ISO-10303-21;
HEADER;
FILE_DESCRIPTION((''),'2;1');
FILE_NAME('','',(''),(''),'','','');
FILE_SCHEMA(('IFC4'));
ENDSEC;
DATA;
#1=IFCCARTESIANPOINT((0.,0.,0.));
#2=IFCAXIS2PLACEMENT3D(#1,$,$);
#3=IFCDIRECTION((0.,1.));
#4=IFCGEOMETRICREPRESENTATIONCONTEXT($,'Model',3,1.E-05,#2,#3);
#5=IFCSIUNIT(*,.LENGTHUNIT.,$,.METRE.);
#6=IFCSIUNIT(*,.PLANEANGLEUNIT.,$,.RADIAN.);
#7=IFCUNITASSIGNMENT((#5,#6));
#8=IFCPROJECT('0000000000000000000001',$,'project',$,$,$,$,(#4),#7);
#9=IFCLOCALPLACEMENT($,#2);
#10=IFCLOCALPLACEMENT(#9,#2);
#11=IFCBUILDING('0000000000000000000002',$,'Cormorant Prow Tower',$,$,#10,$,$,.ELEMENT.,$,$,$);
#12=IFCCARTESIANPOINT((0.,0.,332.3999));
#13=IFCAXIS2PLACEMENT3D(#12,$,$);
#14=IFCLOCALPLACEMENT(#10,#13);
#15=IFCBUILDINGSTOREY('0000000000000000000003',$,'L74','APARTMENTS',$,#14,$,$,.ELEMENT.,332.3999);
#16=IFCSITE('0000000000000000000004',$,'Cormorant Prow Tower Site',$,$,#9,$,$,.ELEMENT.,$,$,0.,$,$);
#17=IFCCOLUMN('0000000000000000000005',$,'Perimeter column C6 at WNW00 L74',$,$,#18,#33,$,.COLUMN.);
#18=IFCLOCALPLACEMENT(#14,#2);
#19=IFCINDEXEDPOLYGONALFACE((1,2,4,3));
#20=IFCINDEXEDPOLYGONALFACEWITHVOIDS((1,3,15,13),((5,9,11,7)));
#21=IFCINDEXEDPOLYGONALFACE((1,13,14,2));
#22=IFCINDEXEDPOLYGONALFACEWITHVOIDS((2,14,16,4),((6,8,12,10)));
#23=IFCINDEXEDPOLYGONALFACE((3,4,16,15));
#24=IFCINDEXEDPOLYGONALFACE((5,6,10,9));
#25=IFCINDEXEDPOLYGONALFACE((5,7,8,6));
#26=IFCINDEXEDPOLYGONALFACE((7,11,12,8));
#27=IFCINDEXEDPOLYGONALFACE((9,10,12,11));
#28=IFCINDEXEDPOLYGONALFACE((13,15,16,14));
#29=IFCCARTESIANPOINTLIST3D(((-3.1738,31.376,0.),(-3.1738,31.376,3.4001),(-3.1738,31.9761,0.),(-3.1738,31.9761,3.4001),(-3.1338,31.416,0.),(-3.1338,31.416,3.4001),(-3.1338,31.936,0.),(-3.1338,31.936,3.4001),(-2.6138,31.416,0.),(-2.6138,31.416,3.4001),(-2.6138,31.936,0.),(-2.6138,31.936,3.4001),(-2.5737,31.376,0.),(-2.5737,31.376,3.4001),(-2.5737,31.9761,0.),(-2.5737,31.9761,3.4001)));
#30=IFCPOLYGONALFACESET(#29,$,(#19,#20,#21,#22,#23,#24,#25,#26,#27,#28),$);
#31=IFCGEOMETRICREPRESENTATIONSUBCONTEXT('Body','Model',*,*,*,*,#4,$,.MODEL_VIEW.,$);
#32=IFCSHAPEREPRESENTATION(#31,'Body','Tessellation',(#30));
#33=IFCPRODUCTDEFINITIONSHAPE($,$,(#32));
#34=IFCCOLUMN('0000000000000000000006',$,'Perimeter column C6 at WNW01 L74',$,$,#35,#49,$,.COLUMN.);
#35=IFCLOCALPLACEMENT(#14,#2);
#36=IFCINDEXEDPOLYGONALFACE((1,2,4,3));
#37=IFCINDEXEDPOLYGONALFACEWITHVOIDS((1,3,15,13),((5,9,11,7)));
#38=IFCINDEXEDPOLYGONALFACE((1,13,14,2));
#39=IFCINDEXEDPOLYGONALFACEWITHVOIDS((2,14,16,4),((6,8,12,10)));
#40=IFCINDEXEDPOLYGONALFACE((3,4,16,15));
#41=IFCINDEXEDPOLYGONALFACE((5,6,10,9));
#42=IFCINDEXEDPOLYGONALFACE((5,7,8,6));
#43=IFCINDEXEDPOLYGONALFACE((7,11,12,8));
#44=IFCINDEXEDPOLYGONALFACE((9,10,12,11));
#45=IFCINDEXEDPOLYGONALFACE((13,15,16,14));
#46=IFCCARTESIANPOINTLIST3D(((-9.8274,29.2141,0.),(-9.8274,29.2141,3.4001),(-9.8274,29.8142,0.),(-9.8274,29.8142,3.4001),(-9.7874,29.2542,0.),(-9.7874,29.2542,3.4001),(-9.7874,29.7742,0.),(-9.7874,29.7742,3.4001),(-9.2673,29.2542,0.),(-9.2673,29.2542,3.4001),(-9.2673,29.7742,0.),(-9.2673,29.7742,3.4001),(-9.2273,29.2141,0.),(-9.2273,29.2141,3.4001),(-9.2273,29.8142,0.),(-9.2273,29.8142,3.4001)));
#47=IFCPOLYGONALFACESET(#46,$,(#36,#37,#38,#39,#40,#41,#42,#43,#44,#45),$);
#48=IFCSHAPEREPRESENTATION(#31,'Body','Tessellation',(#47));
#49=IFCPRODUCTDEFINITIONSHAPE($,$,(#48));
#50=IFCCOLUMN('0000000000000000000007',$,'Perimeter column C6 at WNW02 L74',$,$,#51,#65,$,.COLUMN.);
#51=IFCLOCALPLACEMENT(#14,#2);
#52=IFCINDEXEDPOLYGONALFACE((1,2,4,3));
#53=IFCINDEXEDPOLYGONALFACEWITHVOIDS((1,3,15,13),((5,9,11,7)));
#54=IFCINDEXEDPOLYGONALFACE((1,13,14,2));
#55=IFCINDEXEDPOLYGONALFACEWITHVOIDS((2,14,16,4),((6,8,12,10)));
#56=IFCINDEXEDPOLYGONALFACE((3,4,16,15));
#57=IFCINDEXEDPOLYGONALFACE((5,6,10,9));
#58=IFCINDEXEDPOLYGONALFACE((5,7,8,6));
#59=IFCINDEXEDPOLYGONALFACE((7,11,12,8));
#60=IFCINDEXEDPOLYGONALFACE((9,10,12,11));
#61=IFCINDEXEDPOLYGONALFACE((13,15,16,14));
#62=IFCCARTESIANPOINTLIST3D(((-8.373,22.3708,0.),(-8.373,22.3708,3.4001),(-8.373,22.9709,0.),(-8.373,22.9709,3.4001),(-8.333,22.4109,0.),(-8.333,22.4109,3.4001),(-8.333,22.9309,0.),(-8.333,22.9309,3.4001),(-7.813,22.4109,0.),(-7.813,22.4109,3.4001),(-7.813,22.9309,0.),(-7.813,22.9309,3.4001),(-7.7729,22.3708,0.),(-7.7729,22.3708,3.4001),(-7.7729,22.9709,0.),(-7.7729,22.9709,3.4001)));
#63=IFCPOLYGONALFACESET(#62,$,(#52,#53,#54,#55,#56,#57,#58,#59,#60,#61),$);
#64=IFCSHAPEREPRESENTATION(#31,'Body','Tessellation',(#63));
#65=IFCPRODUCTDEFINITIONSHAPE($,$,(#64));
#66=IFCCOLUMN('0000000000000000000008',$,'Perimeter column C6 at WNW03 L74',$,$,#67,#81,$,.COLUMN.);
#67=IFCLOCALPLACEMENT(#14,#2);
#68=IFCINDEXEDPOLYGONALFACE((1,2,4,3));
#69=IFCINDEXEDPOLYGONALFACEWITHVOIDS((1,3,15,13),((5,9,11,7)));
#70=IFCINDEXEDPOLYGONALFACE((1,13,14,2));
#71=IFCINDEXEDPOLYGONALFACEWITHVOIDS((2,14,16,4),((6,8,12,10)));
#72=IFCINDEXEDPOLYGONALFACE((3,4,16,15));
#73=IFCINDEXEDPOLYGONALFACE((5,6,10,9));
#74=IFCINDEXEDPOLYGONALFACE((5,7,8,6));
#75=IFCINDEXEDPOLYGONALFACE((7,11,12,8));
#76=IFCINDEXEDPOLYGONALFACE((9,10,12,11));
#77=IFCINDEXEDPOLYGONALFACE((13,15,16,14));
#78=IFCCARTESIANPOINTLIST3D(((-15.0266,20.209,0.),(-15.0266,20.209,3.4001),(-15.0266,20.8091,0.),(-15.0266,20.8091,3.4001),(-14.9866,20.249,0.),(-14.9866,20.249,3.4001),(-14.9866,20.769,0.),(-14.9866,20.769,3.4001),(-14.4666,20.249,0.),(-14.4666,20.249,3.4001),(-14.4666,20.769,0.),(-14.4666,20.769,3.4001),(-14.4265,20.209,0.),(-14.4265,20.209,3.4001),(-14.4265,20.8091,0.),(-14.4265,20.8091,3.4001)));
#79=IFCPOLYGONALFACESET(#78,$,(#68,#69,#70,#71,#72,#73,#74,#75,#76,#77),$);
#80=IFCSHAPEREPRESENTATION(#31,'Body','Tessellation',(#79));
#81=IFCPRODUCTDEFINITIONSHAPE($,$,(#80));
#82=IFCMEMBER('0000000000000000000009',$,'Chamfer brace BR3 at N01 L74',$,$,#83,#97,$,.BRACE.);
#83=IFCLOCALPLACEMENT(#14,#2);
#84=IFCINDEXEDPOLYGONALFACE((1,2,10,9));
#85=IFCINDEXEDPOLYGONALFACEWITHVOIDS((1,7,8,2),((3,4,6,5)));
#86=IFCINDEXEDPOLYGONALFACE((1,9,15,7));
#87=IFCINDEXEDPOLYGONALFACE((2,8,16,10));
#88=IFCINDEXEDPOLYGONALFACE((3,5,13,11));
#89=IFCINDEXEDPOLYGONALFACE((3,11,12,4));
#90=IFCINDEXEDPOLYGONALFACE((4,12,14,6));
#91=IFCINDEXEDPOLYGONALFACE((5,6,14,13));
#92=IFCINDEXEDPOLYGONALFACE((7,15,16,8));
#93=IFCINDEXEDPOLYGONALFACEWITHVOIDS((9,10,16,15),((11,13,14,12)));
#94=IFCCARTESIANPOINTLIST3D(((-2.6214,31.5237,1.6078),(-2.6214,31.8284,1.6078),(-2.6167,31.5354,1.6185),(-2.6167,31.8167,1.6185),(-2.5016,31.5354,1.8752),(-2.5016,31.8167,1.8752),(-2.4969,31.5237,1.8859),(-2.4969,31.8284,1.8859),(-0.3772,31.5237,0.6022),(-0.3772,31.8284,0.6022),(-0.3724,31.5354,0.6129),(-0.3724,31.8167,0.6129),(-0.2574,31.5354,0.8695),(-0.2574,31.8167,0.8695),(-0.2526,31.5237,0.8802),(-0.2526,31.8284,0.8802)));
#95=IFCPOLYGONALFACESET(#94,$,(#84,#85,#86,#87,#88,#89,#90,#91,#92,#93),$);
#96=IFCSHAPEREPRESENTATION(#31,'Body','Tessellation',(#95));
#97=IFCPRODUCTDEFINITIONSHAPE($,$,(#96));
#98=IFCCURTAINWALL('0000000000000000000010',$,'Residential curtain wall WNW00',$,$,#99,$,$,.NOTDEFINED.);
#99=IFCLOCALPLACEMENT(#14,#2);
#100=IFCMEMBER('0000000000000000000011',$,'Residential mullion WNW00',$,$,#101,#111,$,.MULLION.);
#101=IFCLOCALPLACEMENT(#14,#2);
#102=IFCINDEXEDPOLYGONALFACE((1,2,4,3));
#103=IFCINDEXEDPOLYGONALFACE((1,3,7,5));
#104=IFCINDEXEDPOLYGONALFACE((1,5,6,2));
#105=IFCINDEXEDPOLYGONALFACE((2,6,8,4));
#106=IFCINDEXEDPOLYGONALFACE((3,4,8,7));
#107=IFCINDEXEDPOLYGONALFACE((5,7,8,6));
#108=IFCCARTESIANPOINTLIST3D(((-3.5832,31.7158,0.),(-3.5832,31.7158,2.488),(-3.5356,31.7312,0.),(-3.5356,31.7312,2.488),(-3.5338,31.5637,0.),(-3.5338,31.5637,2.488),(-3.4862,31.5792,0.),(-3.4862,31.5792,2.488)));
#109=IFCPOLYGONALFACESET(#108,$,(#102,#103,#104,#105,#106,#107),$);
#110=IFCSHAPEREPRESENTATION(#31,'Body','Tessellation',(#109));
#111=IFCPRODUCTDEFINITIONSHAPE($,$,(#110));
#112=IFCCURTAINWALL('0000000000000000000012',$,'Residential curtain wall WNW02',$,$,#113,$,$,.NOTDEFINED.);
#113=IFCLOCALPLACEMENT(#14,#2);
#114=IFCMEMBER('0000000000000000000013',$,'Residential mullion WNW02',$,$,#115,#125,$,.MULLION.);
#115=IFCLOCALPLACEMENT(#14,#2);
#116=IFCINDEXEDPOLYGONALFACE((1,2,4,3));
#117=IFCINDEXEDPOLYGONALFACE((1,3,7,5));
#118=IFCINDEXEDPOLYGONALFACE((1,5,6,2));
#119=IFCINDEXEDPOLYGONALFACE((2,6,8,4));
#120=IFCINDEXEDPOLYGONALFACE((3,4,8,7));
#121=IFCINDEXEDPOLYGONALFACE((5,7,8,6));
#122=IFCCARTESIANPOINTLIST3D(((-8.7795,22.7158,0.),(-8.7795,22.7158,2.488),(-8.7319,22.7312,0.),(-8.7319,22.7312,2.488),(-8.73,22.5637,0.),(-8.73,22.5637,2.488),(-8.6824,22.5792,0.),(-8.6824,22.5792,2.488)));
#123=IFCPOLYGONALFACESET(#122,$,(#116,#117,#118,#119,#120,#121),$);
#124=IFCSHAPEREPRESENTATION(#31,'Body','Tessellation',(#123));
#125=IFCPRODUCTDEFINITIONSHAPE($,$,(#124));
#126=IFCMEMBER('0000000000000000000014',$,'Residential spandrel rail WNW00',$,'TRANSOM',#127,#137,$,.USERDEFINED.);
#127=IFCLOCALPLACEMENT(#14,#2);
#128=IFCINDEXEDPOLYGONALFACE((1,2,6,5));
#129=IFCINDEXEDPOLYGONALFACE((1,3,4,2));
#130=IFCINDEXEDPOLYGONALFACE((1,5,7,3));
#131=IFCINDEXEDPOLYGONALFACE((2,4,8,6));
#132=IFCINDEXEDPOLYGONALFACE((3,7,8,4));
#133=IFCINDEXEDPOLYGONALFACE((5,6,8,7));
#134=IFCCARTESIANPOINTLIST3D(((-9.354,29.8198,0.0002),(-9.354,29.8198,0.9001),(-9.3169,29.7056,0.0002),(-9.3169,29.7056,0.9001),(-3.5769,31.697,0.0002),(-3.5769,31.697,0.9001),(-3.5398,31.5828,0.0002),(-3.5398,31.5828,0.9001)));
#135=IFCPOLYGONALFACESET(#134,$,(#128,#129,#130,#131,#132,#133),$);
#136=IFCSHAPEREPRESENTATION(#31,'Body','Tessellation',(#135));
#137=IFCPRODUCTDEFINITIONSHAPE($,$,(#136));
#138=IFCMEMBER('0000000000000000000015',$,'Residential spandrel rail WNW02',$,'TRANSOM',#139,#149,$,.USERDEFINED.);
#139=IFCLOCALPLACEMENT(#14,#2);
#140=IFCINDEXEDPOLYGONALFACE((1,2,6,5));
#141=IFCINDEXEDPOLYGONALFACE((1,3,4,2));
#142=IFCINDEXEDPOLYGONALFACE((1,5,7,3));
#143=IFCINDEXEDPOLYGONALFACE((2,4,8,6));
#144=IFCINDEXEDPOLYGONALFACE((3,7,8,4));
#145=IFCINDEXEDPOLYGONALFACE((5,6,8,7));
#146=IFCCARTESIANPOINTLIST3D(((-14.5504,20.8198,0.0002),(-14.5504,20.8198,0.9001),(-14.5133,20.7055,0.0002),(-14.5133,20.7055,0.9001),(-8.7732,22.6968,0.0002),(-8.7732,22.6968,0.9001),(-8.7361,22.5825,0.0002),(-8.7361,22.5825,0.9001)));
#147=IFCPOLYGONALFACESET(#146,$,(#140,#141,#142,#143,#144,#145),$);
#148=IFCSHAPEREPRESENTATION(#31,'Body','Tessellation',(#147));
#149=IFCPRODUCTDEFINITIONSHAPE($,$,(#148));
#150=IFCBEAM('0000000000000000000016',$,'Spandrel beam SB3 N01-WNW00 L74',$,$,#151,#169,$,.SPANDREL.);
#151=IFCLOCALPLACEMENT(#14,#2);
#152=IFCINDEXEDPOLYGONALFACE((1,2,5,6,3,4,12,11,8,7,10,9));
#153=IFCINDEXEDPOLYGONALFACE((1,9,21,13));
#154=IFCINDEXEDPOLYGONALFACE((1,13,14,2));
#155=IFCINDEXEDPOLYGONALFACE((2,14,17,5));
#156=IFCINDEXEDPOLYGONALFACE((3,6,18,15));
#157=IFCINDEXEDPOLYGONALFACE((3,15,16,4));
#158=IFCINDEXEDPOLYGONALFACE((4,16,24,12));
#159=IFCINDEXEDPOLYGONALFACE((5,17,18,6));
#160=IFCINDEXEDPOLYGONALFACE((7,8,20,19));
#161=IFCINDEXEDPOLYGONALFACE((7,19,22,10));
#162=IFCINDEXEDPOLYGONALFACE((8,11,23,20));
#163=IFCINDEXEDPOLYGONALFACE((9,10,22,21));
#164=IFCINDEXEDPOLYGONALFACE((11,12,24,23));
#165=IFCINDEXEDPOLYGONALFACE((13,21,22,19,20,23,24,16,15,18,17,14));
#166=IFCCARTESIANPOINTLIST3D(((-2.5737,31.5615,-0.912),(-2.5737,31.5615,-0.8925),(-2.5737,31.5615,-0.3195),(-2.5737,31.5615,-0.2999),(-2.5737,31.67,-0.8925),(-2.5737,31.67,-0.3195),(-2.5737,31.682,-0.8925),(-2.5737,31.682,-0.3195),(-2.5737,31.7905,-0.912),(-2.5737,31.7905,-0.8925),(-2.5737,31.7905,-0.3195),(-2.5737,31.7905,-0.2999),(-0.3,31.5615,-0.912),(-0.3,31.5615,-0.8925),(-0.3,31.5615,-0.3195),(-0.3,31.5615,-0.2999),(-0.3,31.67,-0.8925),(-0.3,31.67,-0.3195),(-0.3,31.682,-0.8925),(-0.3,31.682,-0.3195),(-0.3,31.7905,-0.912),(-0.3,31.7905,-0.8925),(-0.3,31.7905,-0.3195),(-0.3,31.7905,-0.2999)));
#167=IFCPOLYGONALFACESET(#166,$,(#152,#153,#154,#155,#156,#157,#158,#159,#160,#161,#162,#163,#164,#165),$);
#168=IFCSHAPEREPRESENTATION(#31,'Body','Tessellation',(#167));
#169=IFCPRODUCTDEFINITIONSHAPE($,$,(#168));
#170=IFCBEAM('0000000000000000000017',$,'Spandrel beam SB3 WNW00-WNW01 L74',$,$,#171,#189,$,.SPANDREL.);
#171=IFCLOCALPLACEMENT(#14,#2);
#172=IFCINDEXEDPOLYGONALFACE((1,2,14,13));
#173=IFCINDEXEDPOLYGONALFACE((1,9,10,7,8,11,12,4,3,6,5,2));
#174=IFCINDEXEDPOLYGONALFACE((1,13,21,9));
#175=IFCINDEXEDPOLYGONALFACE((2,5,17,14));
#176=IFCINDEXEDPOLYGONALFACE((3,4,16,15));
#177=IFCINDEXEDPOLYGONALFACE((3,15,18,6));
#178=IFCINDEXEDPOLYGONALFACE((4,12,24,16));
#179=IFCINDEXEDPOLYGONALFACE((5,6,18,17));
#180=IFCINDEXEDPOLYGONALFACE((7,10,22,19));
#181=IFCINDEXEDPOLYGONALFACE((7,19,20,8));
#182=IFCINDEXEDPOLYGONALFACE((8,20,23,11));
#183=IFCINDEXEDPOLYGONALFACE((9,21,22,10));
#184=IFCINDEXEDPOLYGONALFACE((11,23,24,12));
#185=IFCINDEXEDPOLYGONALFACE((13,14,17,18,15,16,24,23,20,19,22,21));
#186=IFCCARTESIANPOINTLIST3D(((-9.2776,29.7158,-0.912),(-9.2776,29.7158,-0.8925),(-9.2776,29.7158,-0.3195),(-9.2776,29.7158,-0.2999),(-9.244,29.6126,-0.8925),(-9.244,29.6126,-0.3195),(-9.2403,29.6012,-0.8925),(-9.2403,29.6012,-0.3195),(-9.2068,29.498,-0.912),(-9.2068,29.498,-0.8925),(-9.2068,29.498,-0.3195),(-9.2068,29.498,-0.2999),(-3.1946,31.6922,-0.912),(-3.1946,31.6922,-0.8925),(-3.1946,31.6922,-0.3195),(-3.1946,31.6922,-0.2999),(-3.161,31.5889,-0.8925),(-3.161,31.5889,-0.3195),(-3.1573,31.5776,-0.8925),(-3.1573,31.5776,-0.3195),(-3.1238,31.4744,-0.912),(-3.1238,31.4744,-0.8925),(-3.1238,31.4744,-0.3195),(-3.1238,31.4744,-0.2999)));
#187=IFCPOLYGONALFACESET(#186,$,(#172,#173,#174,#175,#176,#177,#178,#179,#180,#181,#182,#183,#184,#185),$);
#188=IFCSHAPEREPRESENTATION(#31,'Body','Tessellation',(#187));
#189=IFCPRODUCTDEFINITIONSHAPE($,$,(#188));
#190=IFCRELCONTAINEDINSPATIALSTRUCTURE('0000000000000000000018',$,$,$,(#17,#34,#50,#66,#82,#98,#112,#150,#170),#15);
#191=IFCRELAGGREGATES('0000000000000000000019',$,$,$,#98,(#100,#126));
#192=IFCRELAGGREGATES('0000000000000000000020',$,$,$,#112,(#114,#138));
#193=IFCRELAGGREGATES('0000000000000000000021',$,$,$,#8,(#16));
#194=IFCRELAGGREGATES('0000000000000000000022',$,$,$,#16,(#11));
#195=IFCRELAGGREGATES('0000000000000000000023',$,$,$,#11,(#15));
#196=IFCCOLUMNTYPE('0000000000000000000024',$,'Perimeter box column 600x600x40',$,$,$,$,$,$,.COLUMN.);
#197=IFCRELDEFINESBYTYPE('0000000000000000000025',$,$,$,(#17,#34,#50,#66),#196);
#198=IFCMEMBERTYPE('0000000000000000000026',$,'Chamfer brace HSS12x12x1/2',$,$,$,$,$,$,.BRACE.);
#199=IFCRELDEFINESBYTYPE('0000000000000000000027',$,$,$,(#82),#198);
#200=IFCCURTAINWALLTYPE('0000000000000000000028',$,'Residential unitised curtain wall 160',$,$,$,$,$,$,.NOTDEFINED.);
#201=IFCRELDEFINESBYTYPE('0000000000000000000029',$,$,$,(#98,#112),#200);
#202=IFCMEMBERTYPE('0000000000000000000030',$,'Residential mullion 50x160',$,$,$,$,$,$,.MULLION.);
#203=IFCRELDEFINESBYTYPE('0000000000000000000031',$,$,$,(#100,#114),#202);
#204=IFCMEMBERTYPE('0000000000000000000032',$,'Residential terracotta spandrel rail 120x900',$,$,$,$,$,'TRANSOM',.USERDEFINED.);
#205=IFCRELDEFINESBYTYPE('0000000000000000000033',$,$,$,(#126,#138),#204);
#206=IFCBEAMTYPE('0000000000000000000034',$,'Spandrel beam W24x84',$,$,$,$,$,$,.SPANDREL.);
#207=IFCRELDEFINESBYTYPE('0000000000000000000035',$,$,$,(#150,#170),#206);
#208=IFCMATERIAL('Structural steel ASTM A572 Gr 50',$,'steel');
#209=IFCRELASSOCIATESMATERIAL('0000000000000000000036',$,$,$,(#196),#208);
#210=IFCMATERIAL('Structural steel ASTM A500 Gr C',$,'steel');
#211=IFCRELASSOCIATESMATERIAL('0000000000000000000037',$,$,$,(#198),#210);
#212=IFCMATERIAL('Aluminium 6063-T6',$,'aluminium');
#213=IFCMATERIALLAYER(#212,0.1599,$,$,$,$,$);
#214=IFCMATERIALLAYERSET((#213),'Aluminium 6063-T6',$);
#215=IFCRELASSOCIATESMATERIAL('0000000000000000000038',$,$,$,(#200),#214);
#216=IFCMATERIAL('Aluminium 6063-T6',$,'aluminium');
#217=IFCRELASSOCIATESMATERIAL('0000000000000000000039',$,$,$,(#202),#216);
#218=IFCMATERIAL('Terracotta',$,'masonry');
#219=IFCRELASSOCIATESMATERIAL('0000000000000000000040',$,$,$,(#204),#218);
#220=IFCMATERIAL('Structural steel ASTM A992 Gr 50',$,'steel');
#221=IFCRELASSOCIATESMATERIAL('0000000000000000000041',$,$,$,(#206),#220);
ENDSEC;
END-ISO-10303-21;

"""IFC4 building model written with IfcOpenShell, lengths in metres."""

from ifc_helpers import new_model, si_unit, direction, frame, origin, origin_2d, place, context, subcontext, project, spatial, rectangle, hollow_rectangle, i_section, extrude, material, layer, layer_set, material_profile, profile_set, type_object, element, aggregate, save


model = new_model("IFC4")

# Units and contexts
model_context = context("Model", 3, precision=1e-05, world=origin(), true_north=direction((0.0, 1.0)))
body_context = subcontext(model_context, "Body", "Model", "MODEL_VIEW")
ifc_project = project(units=[si_unit("LENGTHUNIT", "METRE"), si_unit("PLANEANGLEUNIT", "RADIAN")], contexts=[model_context])

# Site, building, storey
site_placement = place(None, origin())
site = spatial("IfcSite", under=ifc_project, at=site_placement, Name="Cormorant Prow Tower Site", CompositionType="ELEMENT", RefElevation=0.0)
building_placement = place(site_placement, origin())
building = spatial("IfcBuilding", under=site, at=building_placement, Name="Cormorant Prow Tower", CompositionType="ELEMENT")
storey_placement = place(building_placement, frame((0.0, 0.0, 332.3999)))
storey = spatial("IfcBuildingStorey", under=building, at=storey_placement, Name="L74", Description="APARTMENTS", CompositionType="ELEMENT", Elevation=332.3999)

# Columns
ifc_material_1 = material(Name="Structural steel ASTM A572 Gr 50", Category="steel")
ifc_material_profile_1 = material_profile(ifc_material_1, hollow_rectangle(XDim=0.6001, YDim=0.6001, WallThickness=0.04, at=origin_2d()), Name="Box 600x600x40")
ifc_profile_set_1 = profile_set([ifc_material_profile_1], Name="Structural steel ASTM A572 Gr 50")
column_type = type_object("IfcColumnType", Name="Perimeter box column 600x600x40", PredefinedType="COLUMN", material=ifc_profile_set_1)
for number, where, z_axis, x_axis, name in (
    (1, (-2.8738, 31.676, 0.0), (0.0, 0.0, 1.0), (1.0, 0.0, 0.0), "Perimeter column C6 at WNW00 L74"),
    (2, (-9.5273, 29.5142, 0.0), (0.0, 0.0, 1.0), (1.0, 0.0, 0.0), "Perimeter column C6 at WNW01 L74"),
    (3, (-8.073, 22.6709, 0.0), (0.0, 0.0, 1.0), (1.0, 0.0, 0.0), "Perimeter column C6 at WNW02 L74"),
    (4, (-14.7266, 20.509, 0.0), (0.0, 0.0, 1.0), (1.0, 0.0, 0.0), "Perimeter column C6 at WNW03 L74"),
):
    element("IfcColumn", number, at=place(storey_placement, frame(where, z_axis=z_axis, x_axis=x_axis)), inside=storey, type_object=column_type, Name=name, PredefinedType="COLUMN", context=body_context, shape_type="SweptSolid", body=[
        extrude(hollow_rectangle(XDim=0.6001, YDim=0.6001, WallThickness=0.04, at=origin_2d()), origin(), (0.0, 0.0, 1.0), 3.4001),
    ])

# Member
ifc_material_2 = material(Name="Structural steel ASTM A500 Gr C", Category="steel")
ifc_material_profile_2 = material_profile(ifc_material_2, hollow_rectangle(XDim=0.3047, YDim=0.3047, WallThickness=0.0117, at=origin_2d()), Name="HSS12x12x1/2")
ifc_profile_set_2 = profile_set([ifc_material_profile_2], Name="Structural steel ASTM A500 Gr C")
member_type_1 = type_object("IfcMemberType", Name="Chamfer brace HSS12x12x1/2", PredefinedType="BRACE", material=ifc_profile_set_2)
member_1_placement = place(storey_placement, frame((-0.3149, 31.676, 0.7412), z_axis=(-0.912567, 0.0, 0.408928), x_axis=(0.0, -1.0, 0.0)))
element("IfcMember", 5, at=member_1_placement, inside=storey, type_object=member_type_1, Name="Chamfer brace BR3 at N01 L74", PredefinedType="BRACE", context=body_context, shape_type="SweptSolid", body=[
    extrude(hollow_rectangle(XDim=0.3047, YDim=0.3047, WallThickness=0.0117, at=origin_2d()), origin(), (0.0, 0.0, 1.0), 2.4592),
])

# Curtain walls, members
ifc_material_3 = material(Name="Aluminium 6063-T6", Category="aluminium")
ifc_layer_1 = layer(ifc_material_3, 0.1599)
ifc_layer_set_1 = layer_set([ifc_layer_1], Name="Aluminium 6063-T6")
curtain_wall_type = type_object("IfcCurtainWallType", Name="Residential unitised curtain wall 160", PredefinedType="NOTDEFINED", material=ifc_layer_set_1)
curtain_wall_1_placement = place(storey_placement, origin())
curtain_wall_1 = element("IfcCurtainWall", 6, at=curtain_wall_1_placement, inside=storey, type_object=curtain_wall_type, Name="Residential curtain wall WNW00", PredefinedType="NOTDEFINED")
ifc_material_4 = material(Name="Aluminium 6063-T6", Category="aluminium")
ifc_material_profile_3 = material_profile(ifc_material_4, rectangle(XDim=0.1599, YDim=0.05, at=origin_2d()), Name="Residential mullion 50x160")
ifc_profile_set_3 = profile_set([ifc_material_profile_3], Name="Aluminium 6063-T6")
member_type_2 = type_object("IfcMemberType", Name="Residential mullion 50x160", PredefinedType="MULLION", material=ifc_profile_set_3)
member_2_placement = place(storey_placement, frame((-3.5347, 31.6475, 0.0), z_axis=(0.0, 0.0, 1.0), x_axis=(0.309017, -0.951057, 0.0)))
member_2 = element("IfcMember", 7, at=member_2_placement, type_object=member_type_2, Name="Residential mullion WNW00", PredefinedType="MULLION", context=body_context, shape_type="SweptSolid", body=[
    extrude(rectangle(XDim=0.1599, YDim=0.05, at=origin_2d()), origin(), (0.0, 0.0, 1.0), 2.488),
])
curtain_wall_2_placement = place(storey_placement, origin())
curtain_wall_2 = element("IfcCurtainWall", 8, at=curtain_wall_2_placement, inside=storey, type_object=curtain_wall_type, Name="Residential curtain wall WNW02", PredefinedType="NOTDEFINED")
member_3_placement = place(storey_placement, frame((-8.731, 22.6475, 0.0), z_axis=(0.0, 0.0, 1.0), x_axis=(0.309017, -0.951057, 0.0)))
member_3 = element("IfcMember", 9, at=member_3_placement, type_object=member_type_2, Name="Residential mullion WNW02", PredefinedType="MULLION", context=body_context, shape_type="SweptSolid", body=[
    extrude(rectangle(XDim=0.1599, YDim=0.05, at=origin_2d()), origin(), (0.0, 0.0, 1.0), 2.488),
])

# Members
ifc_material_5 = material(Name="Terracotta", Category="masonry")
ifc_material_profile_4 = material_profile(ifc_material_5, rectangle(XDim=0.1201, YDim=0.8999, at=origin_2d()), Name="Residential terracotta spandrel rail 120x900")
ifc_profile_set_4 = profile_set([ifc_material_profile_4], Name="Terracotta")
member_type_3 = type_object("IfcMemberType", Name="Residential terracotta spandrel rail 120x900", ElementType="TRANSOM", PredefinedType="USERDEFINED", material=ifc_profile_set_4)
member_4_placement = place(storey_placement, frame((-3.5583, 31.6399, 0.4502), z_axis=(-0.951051, -0.309032, 0.0), x_axis=(0.309032, -0.951051, 0.0)))
member_4 = element("IfcMember", 10, at=member_4_placement, type_object=member_type_3, Name="Residential spandrel rail WNW00", ObjectType="TRANSOM", PredefinedType="USERDEFINED", context=body_context, shape_type="SweptSolid", body=[
    extrude(rectangle(XDim=0.1201, YDim=0.8999, at=origin_2d()), origin(), (0.0, 0.0, 1.0), 6.0745),
])
member_5_placement = place(storey_placement, frame((-8.7546, 22.6396, 0.4502), z_axis=(-0.951063, -0.308996, 0.0), x_axis=(0.308996, -0.951063, 0.0)))
member_5 = element("IfcMember", 11, at=member_5_placement, type_object=member_type_3, Name="Residential spandrel rail WNW02", ObjectType="TRANSOM", PredefinedType="USERDEFINED", context=body_context, shape_type="SweptSolid", body=[
    extrude(rectangle(XDim=0.1201, YDim=0.8999, at=origin_2d()), origin(), (0.0, 0.0, 1.0), 6.0745),
])

# Beams
ifc_material_6 = material(Name="Structural steel ASTM A992 Gr 50", Category="steel")
ifc_material_profile_5 = material_profile(ifc_material_6, i_section(OverallWidth=0.229, OverallDepth=0.6121, WebThickness=0.012, FlangeThickness=0.0195, at=origin_2d()), Name="W24x84")
ifc_profile_set_5 = profile_set([ifc_material_profile_5], Name="Structural steel ASTM A992 Gr 50")
beam_type = type_object("IfcBeamType", Name="Spandrel beam W24x84", PredefinedType="SPANDREL", material=ifc_profile_set_5)
beam_1_placement = place(storey_placement, frame((-0.3, 31.676, -0.606), z_axis=(-1.0, 0.0, 0.0), x_axis=(0.0, -1.0, 0.0)))
element("IfcBeam", 12, at=beam_1_placement, inside=storey, type_object=beam_type, Name="Spandrel beam SB3 N01-WNW00 L74", PredefinedType="SPANDREL", context=body_context, shape_type="SweptSolid", body=[
    extrude(i_section(OverallWidth=0.229, OverallDepth=0.6121, WebThickness=0.012, FlangeThickness=0.0195, at=origin_2d()), origin(), (0.0, 0.0, 1.0), 2.2737),
])
beam_2_placement = place(storey_placement, frame((-3.1592, 31.5833, -0.606), z_axis=(-0.951064, -0.308993, 0.0), x_axis=(0.308993, -0.951064, 0.0)))
element("IfcBeam", 13, at=beam_2_placement, inside=storey, type_object=beam_type, Name="Spandrel beam SB3 WNW00-WNW01 L74", PredefinedType="SPANDREL", context=body_context, shape_type="SweptSolid", body=[
    extrude(i_section(OverallWidth=0.229, OverallDepth=0.6121, WebThickness=0.012, FlangeThickness=0.0195, at=origin_2d()), origin(), (0.0, 0.0, 1.0), 6.396),
])

aggregate(curtain_wall_1, [member_2, member_4])
aggregate(curtain_wall_2, [member_3, member_5])

save(model, "model.ifc")
